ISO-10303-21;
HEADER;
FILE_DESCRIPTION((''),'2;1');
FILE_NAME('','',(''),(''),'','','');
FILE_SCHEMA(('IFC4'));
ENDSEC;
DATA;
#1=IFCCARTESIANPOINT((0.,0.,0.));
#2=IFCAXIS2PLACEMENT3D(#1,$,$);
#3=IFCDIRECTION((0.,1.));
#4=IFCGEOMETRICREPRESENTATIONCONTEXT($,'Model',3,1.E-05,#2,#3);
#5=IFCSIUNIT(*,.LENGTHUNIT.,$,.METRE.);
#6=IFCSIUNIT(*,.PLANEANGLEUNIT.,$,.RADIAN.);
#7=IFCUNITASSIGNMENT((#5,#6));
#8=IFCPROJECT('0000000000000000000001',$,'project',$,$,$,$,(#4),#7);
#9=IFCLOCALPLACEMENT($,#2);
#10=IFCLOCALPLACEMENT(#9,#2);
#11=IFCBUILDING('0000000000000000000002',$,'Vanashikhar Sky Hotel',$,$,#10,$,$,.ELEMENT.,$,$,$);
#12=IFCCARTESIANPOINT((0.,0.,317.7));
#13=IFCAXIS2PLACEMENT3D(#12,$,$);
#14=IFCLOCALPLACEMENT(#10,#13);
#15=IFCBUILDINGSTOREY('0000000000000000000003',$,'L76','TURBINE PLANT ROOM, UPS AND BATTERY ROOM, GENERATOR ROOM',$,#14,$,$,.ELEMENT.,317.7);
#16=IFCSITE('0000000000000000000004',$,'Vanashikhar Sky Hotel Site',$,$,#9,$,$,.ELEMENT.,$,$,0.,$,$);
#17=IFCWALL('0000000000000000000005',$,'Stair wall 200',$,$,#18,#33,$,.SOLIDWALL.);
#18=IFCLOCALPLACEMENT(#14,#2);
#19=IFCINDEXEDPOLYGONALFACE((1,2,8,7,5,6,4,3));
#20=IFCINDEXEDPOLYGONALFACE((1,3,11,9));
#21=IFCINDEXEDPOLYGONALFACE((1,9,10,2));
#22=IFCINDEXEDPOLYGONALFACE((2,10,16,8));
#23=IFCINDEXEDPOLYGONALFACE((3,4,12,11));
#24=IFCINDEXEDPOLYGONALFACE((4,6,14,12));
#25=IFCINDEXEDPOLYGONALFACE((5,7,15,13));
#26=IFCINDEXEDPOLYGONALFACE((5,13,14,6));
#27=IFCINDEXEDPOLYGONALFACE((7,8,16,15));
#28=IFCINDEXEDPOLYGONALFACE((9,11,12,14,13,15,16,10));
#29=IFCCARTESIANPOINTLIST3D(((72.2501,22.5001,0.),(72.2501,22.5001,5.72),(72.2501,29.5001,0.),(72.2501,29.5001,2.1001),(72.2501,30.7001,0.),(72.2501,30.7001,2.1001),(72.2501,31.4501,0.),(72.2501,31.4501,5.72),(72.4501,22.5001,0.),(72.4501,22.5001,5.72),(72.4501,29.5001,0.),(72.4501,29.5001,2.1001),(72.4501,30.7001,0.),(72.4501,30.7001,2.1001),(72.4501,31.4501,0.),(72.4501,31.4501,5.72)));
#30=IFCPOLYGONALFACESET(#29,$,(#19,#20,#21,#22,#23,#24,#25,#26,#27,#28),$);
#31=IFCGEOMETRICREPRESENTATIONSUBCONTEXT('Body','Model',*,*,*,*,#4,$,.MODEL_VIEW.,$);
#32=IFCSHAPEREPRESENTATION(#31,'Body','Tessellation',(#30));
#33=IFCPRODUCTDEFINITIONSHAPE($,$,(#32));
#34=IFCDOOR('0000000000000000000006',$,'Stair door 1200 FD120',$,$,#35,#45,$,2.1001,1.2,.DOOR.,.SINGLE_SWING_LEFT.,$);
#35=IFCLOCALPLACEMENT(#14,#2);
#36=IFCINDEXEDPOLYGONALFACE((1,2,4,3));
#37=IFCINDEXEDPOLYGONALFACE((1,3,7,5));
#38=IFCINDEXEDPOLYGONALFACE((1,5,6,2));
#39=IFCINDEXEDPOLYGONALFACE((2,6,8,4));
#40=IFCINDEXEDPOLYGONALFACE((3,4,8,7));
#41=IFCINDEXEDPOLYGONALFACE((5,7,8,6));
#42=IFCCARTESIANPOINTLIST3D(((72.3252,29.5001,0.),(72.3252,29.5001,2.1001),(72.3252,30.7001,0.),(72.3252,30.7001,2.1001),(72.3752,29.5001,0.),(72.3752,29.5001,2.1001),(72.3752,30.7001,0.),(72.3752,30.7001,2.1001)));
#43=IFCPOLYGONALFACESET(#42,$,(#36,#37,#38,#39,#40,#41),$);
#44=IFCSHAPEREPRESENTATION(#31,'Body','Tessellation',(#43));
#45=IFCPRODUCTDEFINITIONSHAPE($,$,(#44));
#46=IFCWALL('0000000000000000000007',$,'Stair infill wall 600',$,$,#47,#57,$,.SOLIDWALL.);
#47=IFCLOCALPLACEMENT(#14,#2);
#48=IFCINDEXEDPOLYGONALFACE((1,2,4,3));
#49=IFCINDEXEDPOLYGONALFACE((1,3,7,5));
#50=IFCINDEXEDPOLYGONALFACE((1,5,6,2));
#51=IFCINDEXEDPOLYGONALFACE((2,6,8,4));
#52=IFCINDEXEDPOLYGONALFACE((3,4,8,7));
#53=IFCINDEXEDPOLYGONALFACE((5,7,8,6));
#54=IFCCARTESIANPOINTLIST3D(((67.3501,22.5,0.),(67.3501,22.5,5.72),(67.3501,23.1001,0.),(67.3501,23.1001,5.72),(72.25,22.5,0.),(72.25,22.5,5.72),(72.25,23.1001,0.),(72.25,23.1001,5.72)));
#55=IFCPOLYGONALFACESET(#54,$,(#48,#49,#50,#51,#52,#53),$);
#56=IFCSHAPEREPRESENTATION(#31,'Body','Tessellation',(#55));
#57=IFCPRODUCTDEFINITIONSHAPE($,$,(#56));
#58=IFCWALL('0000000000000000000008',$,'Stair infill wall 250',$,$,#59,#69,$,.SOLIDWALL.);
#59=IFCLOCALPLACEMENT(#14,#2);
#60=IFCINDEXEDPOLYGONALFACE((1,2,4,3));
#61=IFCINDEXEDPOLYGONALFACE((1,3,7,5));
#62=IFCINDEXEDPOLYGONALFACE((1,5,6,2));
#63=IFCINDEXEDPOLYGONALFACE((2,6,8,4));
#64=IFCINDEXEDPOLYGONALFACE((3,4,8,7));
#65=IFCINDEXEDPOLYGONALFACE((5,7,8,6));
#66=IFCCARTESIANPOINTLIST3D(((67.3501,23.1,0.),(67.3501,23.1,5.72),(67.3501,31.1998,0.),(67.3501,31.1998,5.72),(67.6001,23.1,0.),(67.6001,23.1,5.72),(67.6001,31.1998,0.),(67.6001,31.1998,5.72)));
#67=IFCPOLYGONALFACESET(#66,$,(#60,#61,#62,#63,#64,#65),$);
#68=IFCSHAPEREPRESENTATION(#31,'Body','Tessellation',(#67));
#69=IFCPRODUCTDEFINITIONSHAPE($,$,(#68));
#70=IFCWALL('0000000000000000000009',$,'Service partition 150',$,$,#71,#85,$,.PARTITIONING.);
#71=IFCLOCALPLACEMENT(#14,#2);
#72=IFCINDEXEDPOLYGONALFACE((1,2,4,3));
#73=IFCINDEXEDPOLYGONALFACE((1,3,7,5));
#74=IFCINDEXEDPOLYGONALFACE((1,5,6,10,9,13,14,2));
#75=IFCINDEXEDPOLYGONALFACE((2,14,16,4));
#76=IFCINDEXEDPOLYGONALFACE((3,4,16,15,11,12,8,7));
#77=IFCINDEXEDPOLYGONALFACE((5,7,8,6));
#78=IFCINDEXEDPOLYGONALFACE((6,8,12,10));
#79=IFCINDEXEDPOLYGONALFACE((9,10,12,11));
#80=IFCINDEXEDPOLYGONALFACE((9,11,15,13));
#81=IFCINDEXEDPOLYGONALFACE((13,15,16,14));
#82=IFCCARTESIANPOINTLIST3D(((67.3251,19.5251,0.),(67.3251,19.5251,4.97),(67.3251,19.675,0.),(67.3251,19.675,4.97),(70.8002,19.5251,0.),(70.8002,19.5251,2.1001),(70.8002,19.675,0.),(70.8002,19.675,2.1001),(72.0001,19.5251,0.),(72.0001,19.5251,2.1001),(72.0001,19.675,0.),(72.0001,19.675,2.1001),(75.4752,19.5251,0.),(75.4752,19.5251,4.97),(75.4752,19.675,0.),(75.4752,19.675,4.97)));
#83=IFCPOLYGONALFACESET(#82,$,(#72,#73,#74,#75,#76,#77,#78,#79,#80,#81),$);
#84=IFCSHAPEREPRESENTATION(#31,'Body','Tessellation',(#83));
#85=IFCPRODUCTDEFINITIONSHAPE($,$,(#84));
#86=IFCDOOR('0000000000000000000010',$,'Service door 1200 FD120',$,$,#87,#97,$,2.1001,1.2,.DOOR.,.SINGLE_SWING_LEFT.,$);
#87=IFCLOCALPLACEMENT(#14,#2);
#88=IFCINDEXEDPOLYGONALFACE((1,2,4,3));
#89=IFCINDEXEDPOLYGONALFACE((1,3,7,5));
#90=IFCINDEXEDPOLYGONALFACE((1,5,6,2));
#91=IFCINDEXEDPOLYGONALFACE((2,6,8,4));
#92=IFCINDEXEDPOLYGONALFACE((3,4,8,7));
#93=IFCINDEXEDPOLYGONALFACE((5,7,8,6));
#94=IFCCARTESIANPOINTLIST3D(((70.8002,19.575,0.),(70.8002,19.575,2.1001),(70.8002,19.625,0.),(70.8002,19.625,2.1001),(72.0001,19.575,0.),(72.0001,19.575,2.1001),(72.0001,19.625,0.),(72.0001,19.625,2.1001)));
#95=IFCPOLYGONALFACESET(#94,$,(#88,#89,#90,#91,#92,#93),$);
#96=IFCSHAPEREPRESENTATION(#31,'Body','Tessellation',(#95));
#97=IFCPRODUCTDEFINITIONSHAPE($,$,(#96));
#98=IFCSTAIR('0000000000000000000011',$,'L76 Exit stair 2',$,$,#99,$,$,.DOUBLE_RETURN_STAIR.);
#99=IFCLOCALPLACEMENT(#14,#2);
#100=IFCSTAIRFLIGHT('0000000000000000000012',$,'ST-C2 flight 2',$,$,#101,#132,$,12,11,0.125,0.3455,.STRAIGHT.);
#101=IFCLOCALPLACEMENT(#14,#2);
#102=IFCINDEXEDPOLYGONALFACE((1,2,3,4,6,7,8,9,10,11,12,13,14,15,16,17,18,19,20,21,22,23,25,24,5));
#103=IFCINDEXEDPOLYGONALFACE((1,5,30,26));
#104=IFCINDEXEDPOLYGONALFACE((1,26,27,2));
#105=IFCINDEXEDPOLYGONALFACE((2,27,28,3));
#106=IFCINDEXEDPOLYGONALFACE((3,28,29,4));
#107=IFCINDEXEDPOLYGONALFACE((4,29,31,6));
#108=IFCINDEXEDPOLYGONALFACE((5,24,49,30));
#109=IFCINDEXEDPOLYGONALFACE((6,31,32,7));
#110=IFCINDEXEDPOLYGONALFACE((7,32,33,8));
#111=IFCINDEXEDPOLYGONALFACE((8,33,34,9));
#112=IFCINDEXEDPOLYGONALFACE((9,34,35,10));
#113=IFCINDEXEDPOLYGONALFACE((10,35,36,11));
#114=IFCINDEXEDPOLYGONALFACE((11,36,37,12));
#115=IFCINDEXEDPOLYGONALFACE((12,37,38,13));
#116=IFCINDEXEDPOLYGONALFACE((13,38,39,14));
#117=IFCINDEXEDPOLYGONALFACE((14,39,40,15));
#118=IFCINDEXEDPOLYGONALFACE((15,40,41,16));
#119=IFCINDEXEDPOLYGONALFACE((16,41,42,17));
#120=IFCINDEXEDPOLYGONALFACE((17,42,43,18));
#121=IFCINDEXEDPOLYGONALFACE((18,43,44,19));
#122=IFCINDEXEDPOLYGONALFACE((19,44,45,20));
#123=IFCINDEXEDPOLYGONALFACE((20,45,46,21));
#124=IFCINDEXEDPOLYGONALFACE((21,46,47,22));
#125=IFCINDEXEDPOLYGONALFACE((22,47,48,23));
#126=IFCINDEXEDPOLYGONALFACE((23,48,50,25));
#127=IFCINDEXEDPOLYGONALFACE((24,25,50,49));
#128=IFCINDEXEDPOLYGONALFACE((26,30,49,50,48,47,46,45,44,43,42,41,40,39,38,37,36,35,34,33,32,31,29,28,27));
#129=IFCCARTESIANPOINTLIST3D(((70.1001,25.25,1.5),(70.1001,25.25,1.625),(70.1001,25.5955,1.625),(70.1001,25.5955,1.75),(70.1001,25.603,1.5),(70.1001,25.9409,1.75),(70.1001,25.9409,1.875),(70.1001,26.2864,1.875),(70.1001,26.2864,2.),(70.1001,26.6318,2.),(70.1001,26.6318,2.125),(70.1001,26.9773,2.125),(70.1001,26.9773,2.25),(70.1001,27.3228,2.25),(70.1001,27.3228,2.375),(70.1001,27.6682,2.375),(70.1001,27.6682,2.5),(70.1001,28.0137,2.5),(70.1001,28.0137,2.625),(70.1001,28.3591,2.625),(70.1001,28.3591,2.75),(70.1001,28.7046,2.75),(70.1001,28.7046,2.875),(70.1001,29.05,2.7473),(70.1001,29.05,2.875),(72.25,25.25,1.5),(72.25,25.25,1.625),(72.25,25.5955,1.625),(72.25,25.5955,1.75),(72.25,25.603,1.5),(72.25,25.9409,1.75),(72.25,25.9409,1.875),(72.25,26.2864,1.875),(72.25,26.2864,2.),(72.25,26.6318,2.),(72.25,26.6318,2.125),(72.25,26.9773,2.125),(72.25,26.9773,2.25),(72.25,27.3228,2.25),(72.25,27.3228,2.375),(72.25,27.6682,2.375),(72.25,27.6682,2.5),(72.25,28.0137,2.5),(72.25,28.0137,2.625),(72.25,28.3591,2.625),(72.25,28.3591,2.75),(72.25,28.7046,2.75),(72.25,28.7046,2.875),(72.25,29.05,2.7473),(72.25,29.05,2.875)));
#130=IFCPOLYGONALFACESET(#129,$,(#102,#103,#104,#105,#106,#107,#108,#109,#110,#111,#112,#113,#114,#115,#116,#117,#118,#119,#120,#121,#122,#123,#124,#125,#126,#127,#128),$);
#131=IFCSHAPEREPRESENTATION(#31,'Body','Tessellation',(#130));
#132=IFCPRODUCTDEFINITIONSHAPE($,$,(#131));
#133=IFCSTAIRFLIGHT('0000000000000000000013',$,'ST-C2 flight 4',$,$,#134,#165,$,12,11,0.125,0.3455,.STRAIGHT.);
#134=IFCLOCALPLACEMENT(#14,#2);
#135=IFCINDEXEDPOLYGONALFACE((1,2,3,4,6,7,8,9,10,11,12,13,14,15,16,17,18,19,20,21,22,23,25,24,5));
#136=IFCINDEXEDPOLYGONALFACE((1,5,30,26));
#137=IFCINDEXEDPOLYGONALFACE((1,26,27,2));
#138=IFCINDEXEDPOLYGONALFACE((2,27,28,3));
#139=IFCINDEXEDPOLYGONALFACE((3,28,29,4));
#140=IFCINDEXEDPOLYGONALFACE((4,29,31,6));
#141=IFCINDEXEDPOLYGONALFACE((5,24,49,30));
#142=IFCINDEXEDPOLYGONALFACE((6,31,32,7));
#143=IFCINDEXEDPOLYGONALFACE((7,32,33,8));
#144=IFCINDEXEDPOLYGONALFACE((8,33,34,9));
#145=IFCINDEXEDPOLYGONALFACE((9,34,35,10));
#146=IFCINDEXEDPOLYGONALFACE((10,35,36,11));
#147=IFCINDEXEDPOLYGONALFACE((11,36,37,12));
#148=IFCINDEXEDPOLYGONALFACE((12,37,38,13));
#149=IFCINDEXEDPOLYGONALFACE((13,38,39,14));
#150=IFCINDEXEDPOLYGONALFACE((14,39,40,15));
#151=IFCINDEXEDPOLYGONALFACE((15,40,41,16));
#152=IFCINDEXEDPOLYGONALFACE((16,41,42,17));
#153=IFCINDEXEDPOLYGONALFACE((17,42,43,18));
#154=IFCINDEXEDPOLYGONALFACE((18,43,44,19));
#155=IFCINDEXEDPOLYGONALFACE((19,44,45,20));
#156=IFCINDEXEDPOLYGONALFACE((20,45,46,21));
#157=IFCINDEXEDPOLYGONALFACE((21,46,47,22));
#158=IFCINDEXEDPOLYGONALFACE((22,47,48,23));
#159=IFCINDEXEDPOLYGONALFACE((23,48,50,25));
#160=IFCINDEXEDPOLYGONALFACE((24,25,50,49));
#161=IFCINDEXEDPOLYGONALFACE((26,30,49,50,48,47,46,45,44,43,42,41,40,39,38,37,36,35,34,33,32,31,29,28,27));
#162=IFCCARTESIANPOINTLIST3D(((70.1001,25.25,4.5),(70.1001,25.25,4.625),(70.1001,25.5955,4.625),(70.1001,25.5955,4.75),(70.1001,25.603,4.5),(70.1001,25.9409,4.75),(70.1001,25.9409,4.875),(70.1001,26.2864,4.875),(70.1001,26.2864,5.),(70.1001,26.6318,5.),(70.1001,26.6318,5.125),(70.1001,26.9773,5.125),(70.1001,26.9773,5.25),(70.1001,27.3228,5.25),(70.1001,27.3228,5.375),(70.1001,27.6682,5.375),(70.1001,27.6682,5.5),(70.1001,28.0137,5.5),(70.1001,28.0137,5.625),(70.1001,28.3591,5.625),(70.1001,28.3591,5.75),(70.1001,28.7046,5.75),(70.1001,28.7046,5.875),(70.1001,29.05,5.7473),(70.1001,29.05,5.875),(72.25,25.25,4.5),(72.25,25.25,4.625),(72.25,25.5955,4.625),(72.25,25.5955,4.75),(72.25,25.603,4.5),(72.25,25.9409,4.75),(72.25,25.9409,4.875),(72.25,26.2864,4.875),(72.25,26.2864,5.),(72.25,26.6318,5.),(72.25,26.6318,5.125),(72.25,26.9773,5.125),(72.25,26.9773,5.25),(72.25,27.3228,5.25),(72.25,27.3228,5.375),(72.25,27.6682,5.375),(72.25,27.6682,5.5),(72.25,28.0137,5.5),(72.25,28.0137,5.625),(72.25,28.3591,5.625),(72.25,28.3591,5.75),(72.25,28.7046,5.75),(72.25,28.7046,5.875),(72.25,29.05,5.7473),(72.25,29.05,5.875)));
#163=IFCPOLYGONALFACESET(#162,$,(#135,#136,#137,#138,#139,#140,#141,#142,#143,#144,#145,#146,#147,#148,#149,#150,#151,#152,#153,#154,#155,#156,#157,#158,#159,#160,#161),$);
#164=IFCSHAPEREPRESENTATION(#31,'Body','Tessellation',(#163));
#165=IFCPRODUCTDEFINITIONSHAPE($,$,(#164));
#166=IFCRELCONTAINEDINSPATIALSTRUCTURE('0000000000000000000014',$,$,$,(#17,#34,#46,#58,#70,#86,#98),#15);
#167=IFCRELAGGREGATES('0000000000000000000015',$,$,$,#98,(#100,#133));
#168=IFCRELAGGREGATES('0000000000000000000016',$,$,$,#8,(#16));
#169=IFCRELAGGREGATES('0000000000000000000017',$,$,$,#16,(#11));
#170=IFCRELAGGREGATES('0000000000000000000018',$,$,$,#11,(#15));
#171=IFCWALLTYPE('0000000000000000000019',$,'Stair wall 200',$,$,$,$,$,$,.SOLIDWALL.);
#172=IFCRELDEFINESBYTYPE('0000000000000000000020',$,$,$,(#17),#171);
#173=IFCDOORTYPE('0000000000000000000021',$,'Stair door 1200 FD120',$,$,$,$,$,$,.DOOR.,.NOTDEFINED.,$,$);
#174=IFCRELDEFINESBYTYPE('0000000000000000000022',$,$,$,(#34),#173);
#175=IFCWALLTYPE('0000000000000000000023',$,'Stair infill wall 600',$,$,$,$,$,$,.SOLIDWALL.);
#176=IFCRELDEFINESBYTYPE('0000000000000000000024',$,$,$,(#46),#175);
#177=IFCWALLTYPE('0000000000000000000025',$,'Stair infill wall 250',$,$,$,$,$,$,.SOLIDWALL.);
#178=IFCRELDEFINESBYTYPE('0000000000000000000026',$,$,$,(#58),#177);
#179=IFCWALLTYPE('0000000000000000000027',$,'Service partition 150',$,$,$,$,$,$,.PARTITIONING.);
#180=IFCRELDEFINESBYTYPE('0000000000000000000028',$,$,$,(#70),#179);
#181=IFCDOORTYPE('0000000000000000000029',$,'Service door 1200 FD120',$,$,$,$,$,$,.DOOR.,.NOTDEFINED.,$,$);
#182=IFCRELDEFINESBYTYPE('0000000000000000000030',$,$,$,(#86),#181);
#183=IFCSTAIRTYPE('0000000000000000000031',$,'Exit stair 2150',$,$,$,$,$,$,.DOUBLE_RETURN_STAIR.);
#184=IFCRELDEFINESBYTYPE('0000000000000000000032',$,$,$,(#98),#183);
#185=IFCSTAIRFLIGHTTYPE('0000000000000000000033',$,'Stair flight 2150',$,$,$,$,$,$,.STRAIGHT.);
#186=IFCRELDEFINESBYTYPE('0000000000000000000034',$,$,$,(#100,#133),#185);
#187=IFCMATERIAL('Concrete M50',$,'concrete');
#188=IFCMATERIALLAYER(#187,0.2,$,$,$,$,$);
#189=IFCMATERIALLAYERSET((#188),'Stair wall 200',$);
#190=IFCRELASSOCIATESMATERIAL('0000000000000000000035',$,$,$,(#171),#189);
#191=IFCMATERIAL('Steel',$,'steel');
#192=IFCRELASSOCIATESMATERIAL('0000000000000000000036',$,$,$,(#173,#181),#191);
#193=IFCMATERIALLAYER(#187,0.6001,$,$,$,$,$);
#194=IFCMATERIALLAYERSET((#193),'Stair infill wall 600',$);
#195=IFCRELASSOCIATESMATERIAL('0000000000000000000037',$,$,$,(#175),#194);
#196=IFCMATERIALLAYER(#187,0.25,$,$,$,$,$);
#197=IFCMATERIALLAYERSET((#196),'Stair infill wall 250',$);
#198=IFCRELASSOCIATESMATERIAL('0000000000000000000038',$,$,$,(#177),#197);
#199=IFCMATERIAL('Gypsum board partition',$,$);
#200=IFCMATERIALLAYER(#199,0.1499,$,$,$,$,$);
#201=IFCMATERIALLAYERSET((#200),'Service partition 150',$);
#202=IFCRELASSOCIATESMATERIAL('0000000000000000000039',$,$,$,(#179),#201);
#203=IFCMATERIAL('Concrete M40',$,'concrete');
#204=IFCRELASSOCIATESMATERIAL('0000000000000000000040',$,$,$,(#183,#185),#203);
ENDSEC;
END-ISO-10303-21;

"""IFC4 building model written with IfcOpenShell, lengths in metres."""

from ifc_helpers import new_model, si_unit, direction, frame, frame_2d, origin, place, context, subcontext, project, spatial, polyline, rectangle, outline, extrude, source, transform, mapped, material, layer, layer_set, type_object, element, fill, aggregate, save


model = new_model("IFC4")

# Units and contexts
model_context = context("Model", 3, precision=1e-05, world=origin(), true_north=direction((0.0, 1.0)))
body_context = subcontext(model_context, "Body", "Model", "MODEL_VIEW")
ifc_project = project(units=[si_unit("LENGTHUNIT", "METRE"), si_unit("PLANEANGLEUNIT", "RADIAN")], contexts=[model_context])

# Site, building, storey
site_placement = place(None, origin())
site = spatial("IfcSite", under=ifc_project, at=site_placement, Name="Vanashikhar Sky Hotel Site", CompositionType="ELEMENT", RefElevation=0.0)
building_placement = place(site_placement, origin())
building = spatial("IfcBuilding", under=site, at=building_placement, Name="Vanashikhar Sky Hotel", CompositionType="ELEMENT")
storey_placement = place(building_placement, frame((0.0, 0.0, 317.7)))
storey = spatial("IfcBuildingStorey", under=building, at=storey_placement, Name="L76", Description="TURBINE PLANT ROOM, UPS AND BATTERY ROOM, GENERATOR ROOM", CompositionType="ELEMENT", Elevation=317.7)

# Shared definitions
ifc_material_1 = material(Name="Concrete M50", Category="concrete")

# Shared definitions
ifc_material_2 = material(Name="Steel", Category="steel")

# Shared definitions
ifc_material_3 = material(Name="Concrete M40", Category="concrete")

# Wall, opening, door
ifc_layer_1 = layer(ifc_material_1, 0.2)
ifc_layer_set_1 = layer_set([ifc_layer_1], Name="Stair wall 200")
wall_type_1 = type_object("IfcWallType", Name="Stair wall 200", PredefinedType="SOLIDWALL", material=ifc_layer_set_1)
shared_shape_1 = source(origin(), body_context, "Body", "SweptSolid", [
    extrude(rectangle(XDim=8.95, YDim=0.2, at=frame_2d((4.4751, 0.0))), origin(), (0.0, 0.0, 1.0), 5.72),
])
wall_1_placement = place(storey_placement, frame((72.3501, 22.5, 0.0), z_axis=(0.0, 0.0, 1.0), x_axis=(0.0, 1.0, 0.0)))
wall_1 = element("IfcWall", 1, at=wall_1_placement, inside=storey, type_object=wall_type_1, Name="Stair wall 200", PredefinedType="SOLIDWALL", context=body_context, shape_type="MappedRepresentation", body=[
    mapped(shared_shape_1, transform((0.0, 0.0, 0.0), scale=1.0)),
])
shared_shape_2 = source(origin(), body_context, "Body", "SweptSolid", [
    extrude(rectangle(XDim=1.2, YDim=2.1001, at=frame_2d((0.6001, 1.05))), frame((0.0, 0.1099, 0.0), z_axis=(0.0, -1.0, 0.0), x_axis=(1.0, 0.0, 0.0)), (0.0, 0.0, 1.0), 0.22),
])
opening_1_placement = place(wall_1_placement, frame((7.0, 0.0, 0.0)))
opening_1 = element("IfcOpeningElement", 2, at=opening_1_placement, cuts=wall_1, PredefinedType="OPENING", context=body_context, shape_type="MappedRepresentation", body=[
    mapped(shared_shape_2, transform((0.0, 0.0, 0.0), scale=1.0)),
])
door_type_1 = type_object("IfcDoorType", Name="Stair door 1200 FD120", OperationType="NOTDEFINED", PredefinedType="DOOR", material=ifc_material_2)
shared_shape_3 = source(origin(), body_context, "Body", "SweptSolid", [
    extrude(rectangle(XDim=1.2, YDim=2.1001, at=frame_2d((0.6001, 1.05))), frame((0.0, 0.0249, 0.0), z_axis=(0.0, -1.0, 0.0), x_axis=(1.0, 0.0, 0.0)), (0.0, 0.0, 1.0), 0.05),
])
door_1_placement = place(opening_1_placement, origin())
door_1 = element("IfcDoor", 3, at=door_1_placement, inside=storey, type_object=door_type_1, Name="Stair door 1200 FD120", OperationType="SINGLE_SWING_LEFT", OverallHeight=2.1001, OverallWidth=1.2, PredefinedType="DOOR", context=body_context, shape_type="MappedRepresentation", body=[
    mapped(shared_shape_3, transform((0.0, 0.0, 0.0), scale=1.0)),
])
fill(opening_1, door_1)

# Walls
ifc_layer_2 = layer(ifc_material_1, 0.6001)
ifc_layer_set_2 = layer_set([ifc_layer_2], Name="Stair infill wall 600")
wall_type_2 = type_object("IfcWallType", Name="Stair infill wall 600", PredefinedType="SOLIDWALL", material=ifc_layer_set_2)
shared_shape_4 = source(origin(), body_context, "Body", "SweptSolid", [
    extrude(rectangle(XDim=4.8999, YDim=0.6001, at=frame_2d((2.45, 0.0))), origin(), (0.0, 0.0, 1.0), 5.72),
])
wall_2_placement = place(storey_placement, frame((67.3501, 22.8, 0.0), z_axis=(0.0, 0.0, 1.0), x_axis=(1.0, 0.0, 0.0)))
element("IfcWall", 4, at=wall_2_placement, inside=storey, type_object=wall_type_2, Name="Stair infill wall 600", PredefinedType="SOLIDWALL", context=body_context, shape_type="MappedRepresentation", body=[
    mapped(shared_shape_4, transform((0.0, 0.0, 0.0), scale=1.0)),
])
ifc_layer_3 = layer(ifc_material_1, 0.25)
ifc_layer_set_3 = layer_set([ifc_layer_3], Name="Stair infill wall 250")
wall_type_3 = type_object("IfcWallType", Name="Stair infill wall 250", PredefinedType="SOLIDWALL", material=ifc_layer_set_3)
shared_shape_5 = source(origin(), body_context, "Body", "SweptSolid", [
    extrude(rectangle(XDim=8.0999, YDim=0.25, at=frame_2d((4.0498, 0.0))), origin(), (0.0, 0.0, 1.0), 5.72),
])
wall_3_placement = place(storey_placement, frame((67.4751, 23.1001, 0.0), z_axis=(0.0, 0.0, 1.0), x_axis=(0.0, 1.0, 0.0)))
element("IfcWall", 5, at=wall_3_placement, inside=storey, type_object=wall_type_3, Name="Stair infill wall 250", PredefinedType="SOLIDWALL", context=body_context, shape_type="MappedRepresentation", body=[
    mapped(shared_shape_5, transform((0.0, 0.0, 0.0), scale=1.0)),
])

# Wall, opening, door
ifc_material_4 = material(Name="Gypsum board partition")
ifc_layer_4 = layer(ifc_material_4, 0.1499)
ifc_layer_set_4 = layer_set([ifc_layer_4], Name="Service partition 150")
wall_type_4 = type_object("IfcWallType", Name="Service partition 150", PredefinedType="PARTITIONING", material=ifc_layer_set_4)
shared_shape_6 = source(origin(), body_context, "Body", "SweptSolid", [
    extrude(rectangle(XDim=8.1501, YDim=0.1499, at=frame_2d((4.0752, 0.0))), origin(), (0.0, 0.0, 1.0), 4.97),
])
wall_4_placement = place(storey_placement, frame((67.325, 19.6001, 0.0), z_axis=(0.0, 0.0, 1.0), x_axis=(1.0, 0.0, 0.0)))
wall_4 = element("IfcWall", 6, at=wall_4_placement, inside=storey, type_object=wall_type_4, Name="Service partition 150", PredefinedType="PARTITIONING", context=body_context, shape_type="MappedRepresentation", body=[
    mapped(shared_shape_6, transform((0.0, 0.0, 0.0), scale=1.0)),
])
shared_shape_7 = source(origin(), body_context, "Body", "SweptSolid", [
    extrude(rectangle(XDim=1.2, YDim=2.1001, at=frame_2d((0.6001, 1.05))), frame((0.0, 0.085, 0.0), z_axis=(0.0, -1.0, 0.0), x_axis=(1.0, 0.0, 0.0)), (0.0, 0.0, 1.0), 0.1699),
])
opening_2_placement = place(wall_4_placement, frame((3.4751, 0.0, 0.0)))
opening_2 = element("IfcOpeningElement", 7, at=opening_2_placement, cuts=wall_4, PredefinedType="OPENING", context=body_context, shape_type="MappedRepresentation", body=[
    mapped(shared_shape_7, transform((0.0, 0.0, 0.0), scale=1.0)),
])
door_type_2 = type_object("IfcDoorType", Name="Service door 1200 FD120", OperationType="NOTDEFINED", PredefinedType="DOOR", material=ifc_material_2)
door_2_placement = place(opening_2_placement, origin())
door_2 = element("IfcDoor", 8, at=door_2_placement, inside=storey, type_object=door_type_2, Name="Service door 1200 FD120", OperationType="SINGLE_SWING_LEFT", OverallHeight=2.1001, OverallWidth=1.2, PredefinedType="DOOR", context=body_context, shape_type="MappedRepresentation", body=[
    mapped(shared_shape_3, transform((0.0, 0.0, 0.0), scale=1.0)),
])
fill(opening_2, door_2)

# Stair, stair flights
stair_type = type_object("IfcStairType", Name="Exit stair 2150", PredefinedType="DOUBLE_RETURN_STAIR", material=ifc_material_3)
stair_placement = place(storey_placement, origin())
stair = element("IfcStair", 9, at=stair_placement, inside=storey, type_object=stair_type, Name="L76 Exit stair 2", PredefinedType="DOUBLE_RETURN_STAIR")
stair_flight_type = type_object("IfcStairFlightType", Name="Stair flight 2150", PredefinedType="STRAIGHT", material=ifc_material_3)
shared_shape_8 = source(origin(), body_context, "Body", "SweptSolid", [
    extrude(outline(polyline([(0.0, 0.0), (0.0, 0.125), (0.3455, 0.125), (0.3455, 0.25), (0.6909, 0.25), (0.6909, 0.375), (1.0364, 0.375), (1.0364, 0.5), (1.3818, 0.5), (1.3818, 0.625), (1.7273, 0.625), (1.7273, 0.75), (2.0728, 0.75), (2.0728, 0.875), (2.4182, 0.875), (2.4182, 1.0), (2.7637, 1.0), (2.7637, 1.125), (3.1091, 1.125), (3.1091, 1.25), (3.4546, 1.25), (3.4546, 1.375), (3.8, 1.375), (3.8, 1.5), (3.8, 1.2473), (0.353, 0.0), (0.0, 0.0)])), frame((0.0, 1.075, 0.0), z_axis=(0.0, -1.0, 0.0), x_axis=(1.0, 0.0, 0.0)), (0.0, 0.0, 1.0), 2.1499),
])
stair_flight_1_placement = place(storey_placement, frame((71.175, 25.25, 1.5), z_axis=(0.0, 0.0, 1.0), x_axis=(0.0, 1.0, 0.0)))
stair_flight_1 = element("IfcStairFlight", 10, at=stair_flight_1_placement, type_object=stair_flight_type, Name="ST-C2 flight 2", NumberOfRisers=12, NumberOfTreads=11, PredefinedType="STRAIGHT", RiserHeight=0.125, TreadLength=0.3455, context=body_context, shape_type="MappedRepresentation", body=[
    mapped(shared_shape_8, transform((0.0, 0.0, 0.0), scale=1.0)),
])
stair_flight_2_placement = place(storey_placement, frame((71.175, 25.25, 4.5), z_axis=(0.0, 0.0, 1.0), x_axis=(0.0, 1.0, 0.0)))
stair_flight_2 = element("IfcStairFlight", 11, at=stair_flight_2_placement, type_object=stair_flight_type, Name="ST-C2 flight 4", NumberOfRisers=12, NumberOfTreads=11, PredefinedType="STRAIGHT", RiserHeight=0.125, TreadLength=0.3455, context=body_context, shape_type="MappedRepresentation", body=[
    mapped(shared_shape_8, transform((0.0, 0.0, 0.0), scale=1.0)),
])
aggregate(stair, [stair_flight_1, stair_flight_2])

save(model, "model.ifc")
